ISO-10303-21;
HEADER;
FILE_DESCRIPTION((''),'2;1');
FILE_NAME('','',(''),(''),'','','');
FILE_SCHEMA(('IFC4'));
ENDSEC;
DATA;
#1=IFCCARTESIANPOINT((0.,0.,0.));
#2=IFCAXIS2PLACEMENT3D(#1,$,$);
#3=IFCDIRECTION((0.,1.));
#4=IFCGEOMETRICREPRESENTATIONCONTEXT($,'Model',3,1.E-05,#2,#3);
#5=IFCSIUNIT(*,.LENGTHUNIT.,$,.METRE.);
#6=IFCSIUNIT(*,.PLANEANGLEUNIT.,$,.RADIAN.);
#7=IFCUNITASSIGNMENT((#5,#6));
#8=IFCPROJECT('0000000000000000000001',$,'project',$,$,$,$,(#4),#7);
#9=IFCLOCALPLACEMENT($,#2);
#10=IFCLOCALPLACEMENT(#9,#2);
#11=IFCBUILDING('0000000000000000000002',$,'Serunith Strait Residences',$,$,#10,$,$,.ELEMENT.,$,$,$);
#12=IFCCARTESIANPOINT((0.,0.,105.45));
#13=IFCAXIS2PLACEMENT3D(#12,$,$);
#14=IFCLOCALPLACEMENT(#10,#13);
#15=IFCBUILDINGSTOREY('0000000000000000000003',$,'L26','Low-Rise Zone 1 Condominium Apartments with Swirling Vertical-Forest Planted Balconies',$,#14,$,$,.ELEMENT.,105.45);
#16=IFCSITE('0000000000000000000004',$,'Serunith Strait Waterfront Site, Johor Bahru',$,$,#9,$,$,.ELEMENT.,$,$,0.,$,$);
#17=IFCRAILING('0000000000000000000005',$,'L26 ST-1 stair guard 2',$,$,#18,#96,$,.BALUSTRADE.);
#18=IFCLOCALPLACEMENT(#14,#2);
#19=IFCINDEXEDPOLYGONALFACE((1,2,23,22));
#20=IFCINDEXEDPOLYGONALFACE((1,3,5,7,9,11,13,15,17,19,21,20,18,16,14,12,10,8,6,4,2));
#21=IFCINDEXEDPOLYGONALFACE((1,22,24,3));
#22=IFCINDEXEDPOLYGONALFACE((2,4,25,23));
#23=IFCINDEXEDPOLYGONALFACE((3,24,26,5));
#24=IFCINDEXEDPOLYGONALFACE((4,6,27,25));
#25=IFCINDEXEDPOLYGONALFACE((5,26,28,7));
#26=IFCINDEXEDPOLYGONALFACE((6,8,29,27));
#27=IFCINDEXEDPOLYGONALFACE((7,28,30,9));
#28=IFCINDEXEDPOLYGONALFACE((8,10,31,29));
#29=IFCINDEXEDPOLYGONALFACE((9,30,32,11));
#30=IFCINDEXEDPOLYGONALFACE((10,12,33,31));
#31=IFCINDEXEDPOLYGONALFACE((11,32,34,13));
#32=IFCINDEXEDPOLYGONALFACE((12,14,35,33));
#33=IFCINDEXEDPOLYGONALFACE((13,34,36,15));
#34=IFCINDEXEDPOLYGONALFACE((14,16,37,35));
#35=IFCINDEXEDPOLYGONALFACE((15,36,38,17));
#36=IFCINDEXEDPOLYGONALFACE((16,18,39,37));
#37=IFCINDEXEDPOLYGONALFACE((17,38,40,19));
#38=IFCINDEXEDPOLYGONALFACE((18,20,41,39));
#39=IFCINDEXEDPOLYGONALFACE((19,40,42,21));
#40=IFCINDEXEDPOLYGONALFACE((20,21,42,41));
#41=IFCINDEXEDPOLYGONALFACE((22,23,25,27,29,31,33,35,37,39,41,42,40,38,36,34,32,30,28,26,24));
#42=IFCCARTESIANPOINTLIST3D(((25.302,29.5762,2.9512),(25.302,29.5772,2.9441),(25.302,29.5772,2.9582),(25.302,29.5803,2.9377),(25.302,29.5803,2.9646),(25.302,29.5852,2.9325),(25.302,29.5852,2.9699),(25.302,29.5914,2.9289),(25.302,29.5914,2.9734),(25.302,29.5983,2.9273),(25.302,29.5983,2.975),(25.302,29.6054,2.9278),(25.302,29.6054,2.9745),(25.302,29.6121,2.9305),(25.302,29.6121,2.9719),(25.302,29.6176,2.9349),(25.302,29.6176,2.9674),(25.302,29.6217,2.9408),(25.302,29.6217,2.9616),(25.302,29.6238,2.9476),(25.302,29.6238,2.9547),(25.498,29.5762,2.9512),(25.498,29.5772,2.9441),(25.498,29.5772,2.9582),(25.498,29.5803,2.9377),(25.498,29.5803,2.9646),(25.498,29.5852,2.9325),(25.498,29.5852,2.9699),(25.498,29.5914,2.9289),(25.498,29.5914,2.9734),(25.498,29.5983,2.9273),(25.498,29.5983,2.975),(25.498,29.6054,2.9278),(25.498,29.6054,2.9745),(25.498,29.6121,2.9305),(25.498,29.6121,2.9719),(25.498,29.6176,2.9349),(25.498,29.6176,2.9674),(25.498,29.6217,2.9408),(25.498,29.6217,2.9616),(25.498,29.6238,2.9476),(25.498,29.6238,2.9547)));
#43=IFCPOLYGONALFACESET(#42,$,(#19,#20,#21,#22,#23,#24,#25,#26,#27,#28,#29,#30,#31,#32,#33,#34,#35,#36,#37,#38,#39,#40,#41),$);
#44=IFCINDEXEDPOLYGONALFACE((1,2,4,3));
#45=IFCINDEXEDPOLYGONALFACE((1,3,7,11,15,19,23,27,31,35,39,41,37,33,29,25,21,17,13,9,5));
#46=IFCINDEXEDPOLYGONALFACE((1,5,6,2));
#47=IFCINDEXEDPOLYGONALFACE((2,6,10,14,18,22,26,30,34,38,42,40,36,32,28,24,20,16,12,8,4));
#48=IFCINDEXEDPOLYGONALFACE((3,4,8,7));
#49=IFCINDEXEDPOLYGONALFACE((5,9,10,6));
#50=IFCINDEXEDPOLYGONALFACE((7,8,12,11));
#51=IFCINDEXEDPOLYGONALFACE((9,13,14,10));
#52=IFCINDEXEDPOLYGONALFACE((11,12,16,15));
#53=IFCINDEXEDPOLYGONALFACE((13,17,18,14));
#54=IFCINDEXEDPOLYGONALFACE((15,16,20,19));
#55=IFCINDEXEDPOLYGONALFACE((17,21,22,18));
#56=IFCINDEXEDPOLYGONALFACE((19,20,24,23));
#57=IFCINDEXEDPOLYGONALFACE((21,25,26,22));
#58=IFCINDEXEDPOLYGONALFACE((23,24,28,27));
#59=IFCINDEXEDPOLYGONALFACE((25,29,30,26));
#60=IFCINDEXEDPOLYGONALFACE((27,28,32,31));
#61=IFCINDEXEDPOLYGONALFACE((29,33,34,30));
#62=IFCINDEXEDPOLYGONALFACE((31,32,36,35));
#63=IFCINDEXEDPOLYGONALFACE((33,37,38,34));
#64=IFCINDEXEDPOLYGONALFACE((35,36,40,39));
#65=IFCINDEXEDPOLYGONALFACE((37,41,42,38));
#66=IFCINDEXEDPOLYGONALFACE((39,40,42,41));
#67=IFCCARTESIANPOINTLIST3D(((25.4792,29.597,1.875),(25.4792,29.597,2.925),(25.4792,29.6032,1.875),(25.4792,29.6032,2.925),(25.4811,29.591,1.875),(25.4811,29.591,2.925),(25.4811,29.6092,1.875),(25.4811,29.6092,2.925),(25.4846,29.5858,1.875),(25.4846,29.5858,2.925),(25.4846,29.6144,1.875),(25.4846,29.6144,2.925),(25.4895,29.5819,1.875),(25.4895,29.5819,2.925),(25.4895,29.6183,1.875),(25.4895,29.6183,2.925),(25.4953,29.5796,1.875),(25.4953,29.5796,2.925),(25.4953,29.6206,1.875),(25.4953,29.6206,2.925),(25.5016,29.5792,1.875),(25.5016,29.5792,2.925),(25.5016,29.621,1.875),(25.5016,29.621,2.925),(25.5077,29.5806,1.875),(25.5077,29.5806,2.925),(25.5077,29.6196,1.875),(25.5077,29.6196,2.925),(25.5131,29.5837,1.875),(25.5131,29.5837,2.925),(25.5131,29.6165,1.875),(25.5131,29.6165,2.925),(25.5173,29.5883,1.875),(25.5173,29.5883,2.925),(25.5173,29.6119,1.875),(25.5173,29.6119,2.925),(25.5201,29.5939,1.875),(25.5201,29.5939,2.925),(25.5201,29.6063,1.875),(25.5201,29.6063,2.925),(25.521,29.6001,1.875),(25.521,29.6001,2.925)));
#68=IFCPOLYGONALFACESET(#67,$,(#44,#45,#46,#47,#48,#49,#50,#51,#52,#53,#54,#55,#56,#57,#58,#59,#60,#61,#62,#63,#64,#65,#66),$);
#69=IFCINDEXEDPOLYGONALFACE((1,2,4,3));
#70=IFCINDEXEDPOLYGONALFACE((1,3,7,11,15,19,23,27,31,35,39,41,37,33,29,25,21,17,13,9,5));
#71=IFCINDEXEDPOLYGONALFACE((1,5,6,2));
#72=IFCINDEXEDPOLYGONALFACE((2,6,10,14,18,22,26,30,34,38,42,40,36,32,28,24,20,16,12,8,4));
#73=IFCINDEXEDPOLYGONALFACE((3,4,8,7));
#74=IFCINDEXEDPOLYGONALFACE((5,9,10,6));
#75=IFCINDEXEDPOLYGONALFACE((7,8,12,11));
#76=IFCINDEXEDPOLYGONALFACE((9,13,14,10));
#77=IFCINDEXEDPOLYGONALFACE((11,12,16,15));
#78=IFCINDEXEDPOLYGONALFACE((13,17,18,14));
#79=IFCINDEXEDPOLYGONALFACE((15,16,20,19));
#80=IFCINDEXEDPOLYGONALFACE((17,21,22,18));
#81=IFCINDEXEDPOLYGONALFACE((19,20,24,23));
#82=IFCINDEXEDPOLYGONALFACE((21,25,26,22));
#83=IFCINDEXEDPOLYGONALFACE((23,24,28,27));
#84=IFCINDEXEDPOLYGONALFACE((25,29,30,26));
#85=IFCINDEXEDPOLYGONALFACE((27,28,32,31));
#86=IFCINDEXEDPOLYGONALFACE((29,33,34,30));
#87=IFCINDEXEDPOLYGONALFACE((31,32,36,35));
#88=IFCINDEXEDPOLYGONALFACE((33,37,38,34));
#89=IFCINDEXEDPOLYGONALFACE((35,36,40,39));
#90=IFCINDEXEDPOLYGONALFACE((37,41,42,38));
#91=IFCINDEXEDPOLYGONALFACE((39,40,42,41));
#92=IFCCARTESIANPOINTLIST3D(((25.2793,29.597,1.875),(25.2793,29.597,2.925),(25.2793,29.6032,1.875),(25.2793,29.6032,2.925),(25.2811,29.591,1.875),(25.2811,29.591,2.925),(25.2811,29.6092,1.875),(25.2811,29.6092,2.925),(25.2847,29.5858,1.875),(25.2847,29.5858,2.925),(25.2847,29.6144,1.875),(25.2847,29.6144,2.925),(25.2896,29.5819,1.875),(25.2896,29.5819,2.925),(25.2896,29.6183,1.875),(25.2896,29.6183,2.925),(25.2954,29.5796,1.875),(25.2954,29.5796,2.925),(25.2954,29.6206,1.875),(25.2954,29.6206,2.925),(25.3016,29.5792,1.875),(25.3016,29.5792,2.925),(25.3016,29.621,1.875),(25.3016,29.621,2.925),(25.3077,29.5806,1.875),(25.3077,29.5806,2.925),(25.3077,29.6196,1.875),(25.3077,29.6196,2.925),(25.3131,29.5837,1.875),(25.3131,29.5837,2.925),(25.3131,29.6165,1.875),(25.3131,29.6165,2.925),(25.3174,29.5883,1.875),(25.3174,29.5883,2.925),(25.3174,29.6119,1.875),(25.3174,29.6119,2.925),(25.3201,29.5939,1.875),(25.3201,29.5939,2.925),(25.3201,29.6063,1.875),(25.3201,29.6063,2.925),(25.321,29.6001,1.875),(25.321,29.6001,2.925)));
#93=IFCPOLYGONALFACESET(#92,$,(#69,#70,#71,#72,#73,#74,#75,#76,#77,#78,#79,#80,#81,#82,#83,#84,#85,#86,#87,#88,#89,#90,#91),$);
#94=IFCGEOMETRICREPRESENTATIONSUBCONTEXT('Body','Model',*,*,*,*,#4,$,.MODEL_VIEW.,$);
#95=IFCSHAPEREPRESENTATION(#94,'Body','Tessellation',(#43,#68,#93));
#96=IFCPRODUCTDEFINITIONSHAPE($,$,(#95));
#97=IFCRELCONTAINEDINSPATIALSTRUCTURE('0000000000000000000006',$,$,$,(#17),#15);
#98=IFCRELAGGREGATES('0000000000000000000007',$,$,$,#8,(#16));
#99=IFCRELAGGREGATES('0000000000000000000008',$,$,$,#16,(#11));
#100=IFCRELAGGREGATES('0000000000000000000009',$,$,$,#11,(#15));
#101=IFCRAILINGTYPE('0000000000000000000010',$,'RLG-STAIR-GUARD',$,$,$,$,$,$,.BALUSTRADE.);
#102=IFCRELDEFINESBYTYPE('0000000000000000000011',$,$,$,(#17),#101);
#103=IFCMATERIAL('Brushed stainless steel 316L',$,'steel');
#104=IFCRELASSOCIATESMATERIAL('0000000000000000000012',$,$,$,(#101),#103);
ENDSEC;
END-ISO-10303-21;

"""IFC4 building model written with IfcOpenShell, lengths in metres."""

from ifc_helpers import new_model, si_unit, direction, frame, origin, origin_2d, place, context, subcontext, project, spatial, circle, extrude, material, type_object, element, save


model = new_model("IFC4")

# Units and contexts
model_context = context("Model", 3, precision=1e-05, world=origin(), true_north=direction((0.0, 1.0)))
body_context = subcontext(model_context, "Body", "Model", "MODEL_VIEW")
ifc_project = project(units=[si_unit("LENGTHUNIT", "METRE"), si_unit("PLANEANGLEUNIT", "RADIAN")], contexts=[model_context])

# Site, building, storey
site_placement = place(None, origin())
site = spatial("IfcSite", under=ifc_project, at=site_placement, Name="Serunith Strait Waterfront Site, Johor Bahru", CompositionType="ELEMENT", RefElevation=0.0)
building_placement = place(site_placement, origin())
building = spatial("IfcBuilding", under=site, at=building_placement, Name="Serunith Strait Residences", CompositionType="ELEMENT")
storey_placement = place(building_placement, frame((0.0, 0.0, 105.45)))
storey = spatial("IfcBuildingStorey", under=building, at=storey_placement, Name="L26", Description="Low-Rise Zone 1 Condominium Apartments with Swirling Vertical-Forest Planted Balconies", CompositionType="ELEMENT", Elevation=105.45)

# Railing
ifc_material_1 = material(Name="Brushed stainless steel 316L", Category="steel")
railing_type_1 = type_object("IfcRailingType", Name="RLG-STAIR-GUARD", PredefinedType="BALUSTRADE", material=ifc_material_1)
railing_1_placement = place(storey_placement, frame((25.5, 29.6001, 1.875)))
element("IfcRailing", 1, at=railing_1_placement, inside=storey, type_object=railing_type_1, Name="L26 ST-1 stair guard 2", PredefinedType="BALUSTRADE", context=body_context, shape_type="SweptSolid", body=[
    extrude(circle(Radius=0.0239, at=origin_2d()), frame((-0.002, 0.0, 1.0762), z_axis=(-1.0, 0.0, 0.0), x_axis=(0.0, -1.0, 0.0)), (0.0, 0.0, 1.0), 0.196),
    extrude(circle(Radius=0.021, at=origin_2d()), origin(), (0.0, 0.0, 1.0), 1.05),
    extrude(circle(Radius=0.021, at=origin_2d()), frame((-0.2, 0.0, 0.0)), (0.0, 0.0, 1.0), 1.05),
])

save(model, "model.ifc")
